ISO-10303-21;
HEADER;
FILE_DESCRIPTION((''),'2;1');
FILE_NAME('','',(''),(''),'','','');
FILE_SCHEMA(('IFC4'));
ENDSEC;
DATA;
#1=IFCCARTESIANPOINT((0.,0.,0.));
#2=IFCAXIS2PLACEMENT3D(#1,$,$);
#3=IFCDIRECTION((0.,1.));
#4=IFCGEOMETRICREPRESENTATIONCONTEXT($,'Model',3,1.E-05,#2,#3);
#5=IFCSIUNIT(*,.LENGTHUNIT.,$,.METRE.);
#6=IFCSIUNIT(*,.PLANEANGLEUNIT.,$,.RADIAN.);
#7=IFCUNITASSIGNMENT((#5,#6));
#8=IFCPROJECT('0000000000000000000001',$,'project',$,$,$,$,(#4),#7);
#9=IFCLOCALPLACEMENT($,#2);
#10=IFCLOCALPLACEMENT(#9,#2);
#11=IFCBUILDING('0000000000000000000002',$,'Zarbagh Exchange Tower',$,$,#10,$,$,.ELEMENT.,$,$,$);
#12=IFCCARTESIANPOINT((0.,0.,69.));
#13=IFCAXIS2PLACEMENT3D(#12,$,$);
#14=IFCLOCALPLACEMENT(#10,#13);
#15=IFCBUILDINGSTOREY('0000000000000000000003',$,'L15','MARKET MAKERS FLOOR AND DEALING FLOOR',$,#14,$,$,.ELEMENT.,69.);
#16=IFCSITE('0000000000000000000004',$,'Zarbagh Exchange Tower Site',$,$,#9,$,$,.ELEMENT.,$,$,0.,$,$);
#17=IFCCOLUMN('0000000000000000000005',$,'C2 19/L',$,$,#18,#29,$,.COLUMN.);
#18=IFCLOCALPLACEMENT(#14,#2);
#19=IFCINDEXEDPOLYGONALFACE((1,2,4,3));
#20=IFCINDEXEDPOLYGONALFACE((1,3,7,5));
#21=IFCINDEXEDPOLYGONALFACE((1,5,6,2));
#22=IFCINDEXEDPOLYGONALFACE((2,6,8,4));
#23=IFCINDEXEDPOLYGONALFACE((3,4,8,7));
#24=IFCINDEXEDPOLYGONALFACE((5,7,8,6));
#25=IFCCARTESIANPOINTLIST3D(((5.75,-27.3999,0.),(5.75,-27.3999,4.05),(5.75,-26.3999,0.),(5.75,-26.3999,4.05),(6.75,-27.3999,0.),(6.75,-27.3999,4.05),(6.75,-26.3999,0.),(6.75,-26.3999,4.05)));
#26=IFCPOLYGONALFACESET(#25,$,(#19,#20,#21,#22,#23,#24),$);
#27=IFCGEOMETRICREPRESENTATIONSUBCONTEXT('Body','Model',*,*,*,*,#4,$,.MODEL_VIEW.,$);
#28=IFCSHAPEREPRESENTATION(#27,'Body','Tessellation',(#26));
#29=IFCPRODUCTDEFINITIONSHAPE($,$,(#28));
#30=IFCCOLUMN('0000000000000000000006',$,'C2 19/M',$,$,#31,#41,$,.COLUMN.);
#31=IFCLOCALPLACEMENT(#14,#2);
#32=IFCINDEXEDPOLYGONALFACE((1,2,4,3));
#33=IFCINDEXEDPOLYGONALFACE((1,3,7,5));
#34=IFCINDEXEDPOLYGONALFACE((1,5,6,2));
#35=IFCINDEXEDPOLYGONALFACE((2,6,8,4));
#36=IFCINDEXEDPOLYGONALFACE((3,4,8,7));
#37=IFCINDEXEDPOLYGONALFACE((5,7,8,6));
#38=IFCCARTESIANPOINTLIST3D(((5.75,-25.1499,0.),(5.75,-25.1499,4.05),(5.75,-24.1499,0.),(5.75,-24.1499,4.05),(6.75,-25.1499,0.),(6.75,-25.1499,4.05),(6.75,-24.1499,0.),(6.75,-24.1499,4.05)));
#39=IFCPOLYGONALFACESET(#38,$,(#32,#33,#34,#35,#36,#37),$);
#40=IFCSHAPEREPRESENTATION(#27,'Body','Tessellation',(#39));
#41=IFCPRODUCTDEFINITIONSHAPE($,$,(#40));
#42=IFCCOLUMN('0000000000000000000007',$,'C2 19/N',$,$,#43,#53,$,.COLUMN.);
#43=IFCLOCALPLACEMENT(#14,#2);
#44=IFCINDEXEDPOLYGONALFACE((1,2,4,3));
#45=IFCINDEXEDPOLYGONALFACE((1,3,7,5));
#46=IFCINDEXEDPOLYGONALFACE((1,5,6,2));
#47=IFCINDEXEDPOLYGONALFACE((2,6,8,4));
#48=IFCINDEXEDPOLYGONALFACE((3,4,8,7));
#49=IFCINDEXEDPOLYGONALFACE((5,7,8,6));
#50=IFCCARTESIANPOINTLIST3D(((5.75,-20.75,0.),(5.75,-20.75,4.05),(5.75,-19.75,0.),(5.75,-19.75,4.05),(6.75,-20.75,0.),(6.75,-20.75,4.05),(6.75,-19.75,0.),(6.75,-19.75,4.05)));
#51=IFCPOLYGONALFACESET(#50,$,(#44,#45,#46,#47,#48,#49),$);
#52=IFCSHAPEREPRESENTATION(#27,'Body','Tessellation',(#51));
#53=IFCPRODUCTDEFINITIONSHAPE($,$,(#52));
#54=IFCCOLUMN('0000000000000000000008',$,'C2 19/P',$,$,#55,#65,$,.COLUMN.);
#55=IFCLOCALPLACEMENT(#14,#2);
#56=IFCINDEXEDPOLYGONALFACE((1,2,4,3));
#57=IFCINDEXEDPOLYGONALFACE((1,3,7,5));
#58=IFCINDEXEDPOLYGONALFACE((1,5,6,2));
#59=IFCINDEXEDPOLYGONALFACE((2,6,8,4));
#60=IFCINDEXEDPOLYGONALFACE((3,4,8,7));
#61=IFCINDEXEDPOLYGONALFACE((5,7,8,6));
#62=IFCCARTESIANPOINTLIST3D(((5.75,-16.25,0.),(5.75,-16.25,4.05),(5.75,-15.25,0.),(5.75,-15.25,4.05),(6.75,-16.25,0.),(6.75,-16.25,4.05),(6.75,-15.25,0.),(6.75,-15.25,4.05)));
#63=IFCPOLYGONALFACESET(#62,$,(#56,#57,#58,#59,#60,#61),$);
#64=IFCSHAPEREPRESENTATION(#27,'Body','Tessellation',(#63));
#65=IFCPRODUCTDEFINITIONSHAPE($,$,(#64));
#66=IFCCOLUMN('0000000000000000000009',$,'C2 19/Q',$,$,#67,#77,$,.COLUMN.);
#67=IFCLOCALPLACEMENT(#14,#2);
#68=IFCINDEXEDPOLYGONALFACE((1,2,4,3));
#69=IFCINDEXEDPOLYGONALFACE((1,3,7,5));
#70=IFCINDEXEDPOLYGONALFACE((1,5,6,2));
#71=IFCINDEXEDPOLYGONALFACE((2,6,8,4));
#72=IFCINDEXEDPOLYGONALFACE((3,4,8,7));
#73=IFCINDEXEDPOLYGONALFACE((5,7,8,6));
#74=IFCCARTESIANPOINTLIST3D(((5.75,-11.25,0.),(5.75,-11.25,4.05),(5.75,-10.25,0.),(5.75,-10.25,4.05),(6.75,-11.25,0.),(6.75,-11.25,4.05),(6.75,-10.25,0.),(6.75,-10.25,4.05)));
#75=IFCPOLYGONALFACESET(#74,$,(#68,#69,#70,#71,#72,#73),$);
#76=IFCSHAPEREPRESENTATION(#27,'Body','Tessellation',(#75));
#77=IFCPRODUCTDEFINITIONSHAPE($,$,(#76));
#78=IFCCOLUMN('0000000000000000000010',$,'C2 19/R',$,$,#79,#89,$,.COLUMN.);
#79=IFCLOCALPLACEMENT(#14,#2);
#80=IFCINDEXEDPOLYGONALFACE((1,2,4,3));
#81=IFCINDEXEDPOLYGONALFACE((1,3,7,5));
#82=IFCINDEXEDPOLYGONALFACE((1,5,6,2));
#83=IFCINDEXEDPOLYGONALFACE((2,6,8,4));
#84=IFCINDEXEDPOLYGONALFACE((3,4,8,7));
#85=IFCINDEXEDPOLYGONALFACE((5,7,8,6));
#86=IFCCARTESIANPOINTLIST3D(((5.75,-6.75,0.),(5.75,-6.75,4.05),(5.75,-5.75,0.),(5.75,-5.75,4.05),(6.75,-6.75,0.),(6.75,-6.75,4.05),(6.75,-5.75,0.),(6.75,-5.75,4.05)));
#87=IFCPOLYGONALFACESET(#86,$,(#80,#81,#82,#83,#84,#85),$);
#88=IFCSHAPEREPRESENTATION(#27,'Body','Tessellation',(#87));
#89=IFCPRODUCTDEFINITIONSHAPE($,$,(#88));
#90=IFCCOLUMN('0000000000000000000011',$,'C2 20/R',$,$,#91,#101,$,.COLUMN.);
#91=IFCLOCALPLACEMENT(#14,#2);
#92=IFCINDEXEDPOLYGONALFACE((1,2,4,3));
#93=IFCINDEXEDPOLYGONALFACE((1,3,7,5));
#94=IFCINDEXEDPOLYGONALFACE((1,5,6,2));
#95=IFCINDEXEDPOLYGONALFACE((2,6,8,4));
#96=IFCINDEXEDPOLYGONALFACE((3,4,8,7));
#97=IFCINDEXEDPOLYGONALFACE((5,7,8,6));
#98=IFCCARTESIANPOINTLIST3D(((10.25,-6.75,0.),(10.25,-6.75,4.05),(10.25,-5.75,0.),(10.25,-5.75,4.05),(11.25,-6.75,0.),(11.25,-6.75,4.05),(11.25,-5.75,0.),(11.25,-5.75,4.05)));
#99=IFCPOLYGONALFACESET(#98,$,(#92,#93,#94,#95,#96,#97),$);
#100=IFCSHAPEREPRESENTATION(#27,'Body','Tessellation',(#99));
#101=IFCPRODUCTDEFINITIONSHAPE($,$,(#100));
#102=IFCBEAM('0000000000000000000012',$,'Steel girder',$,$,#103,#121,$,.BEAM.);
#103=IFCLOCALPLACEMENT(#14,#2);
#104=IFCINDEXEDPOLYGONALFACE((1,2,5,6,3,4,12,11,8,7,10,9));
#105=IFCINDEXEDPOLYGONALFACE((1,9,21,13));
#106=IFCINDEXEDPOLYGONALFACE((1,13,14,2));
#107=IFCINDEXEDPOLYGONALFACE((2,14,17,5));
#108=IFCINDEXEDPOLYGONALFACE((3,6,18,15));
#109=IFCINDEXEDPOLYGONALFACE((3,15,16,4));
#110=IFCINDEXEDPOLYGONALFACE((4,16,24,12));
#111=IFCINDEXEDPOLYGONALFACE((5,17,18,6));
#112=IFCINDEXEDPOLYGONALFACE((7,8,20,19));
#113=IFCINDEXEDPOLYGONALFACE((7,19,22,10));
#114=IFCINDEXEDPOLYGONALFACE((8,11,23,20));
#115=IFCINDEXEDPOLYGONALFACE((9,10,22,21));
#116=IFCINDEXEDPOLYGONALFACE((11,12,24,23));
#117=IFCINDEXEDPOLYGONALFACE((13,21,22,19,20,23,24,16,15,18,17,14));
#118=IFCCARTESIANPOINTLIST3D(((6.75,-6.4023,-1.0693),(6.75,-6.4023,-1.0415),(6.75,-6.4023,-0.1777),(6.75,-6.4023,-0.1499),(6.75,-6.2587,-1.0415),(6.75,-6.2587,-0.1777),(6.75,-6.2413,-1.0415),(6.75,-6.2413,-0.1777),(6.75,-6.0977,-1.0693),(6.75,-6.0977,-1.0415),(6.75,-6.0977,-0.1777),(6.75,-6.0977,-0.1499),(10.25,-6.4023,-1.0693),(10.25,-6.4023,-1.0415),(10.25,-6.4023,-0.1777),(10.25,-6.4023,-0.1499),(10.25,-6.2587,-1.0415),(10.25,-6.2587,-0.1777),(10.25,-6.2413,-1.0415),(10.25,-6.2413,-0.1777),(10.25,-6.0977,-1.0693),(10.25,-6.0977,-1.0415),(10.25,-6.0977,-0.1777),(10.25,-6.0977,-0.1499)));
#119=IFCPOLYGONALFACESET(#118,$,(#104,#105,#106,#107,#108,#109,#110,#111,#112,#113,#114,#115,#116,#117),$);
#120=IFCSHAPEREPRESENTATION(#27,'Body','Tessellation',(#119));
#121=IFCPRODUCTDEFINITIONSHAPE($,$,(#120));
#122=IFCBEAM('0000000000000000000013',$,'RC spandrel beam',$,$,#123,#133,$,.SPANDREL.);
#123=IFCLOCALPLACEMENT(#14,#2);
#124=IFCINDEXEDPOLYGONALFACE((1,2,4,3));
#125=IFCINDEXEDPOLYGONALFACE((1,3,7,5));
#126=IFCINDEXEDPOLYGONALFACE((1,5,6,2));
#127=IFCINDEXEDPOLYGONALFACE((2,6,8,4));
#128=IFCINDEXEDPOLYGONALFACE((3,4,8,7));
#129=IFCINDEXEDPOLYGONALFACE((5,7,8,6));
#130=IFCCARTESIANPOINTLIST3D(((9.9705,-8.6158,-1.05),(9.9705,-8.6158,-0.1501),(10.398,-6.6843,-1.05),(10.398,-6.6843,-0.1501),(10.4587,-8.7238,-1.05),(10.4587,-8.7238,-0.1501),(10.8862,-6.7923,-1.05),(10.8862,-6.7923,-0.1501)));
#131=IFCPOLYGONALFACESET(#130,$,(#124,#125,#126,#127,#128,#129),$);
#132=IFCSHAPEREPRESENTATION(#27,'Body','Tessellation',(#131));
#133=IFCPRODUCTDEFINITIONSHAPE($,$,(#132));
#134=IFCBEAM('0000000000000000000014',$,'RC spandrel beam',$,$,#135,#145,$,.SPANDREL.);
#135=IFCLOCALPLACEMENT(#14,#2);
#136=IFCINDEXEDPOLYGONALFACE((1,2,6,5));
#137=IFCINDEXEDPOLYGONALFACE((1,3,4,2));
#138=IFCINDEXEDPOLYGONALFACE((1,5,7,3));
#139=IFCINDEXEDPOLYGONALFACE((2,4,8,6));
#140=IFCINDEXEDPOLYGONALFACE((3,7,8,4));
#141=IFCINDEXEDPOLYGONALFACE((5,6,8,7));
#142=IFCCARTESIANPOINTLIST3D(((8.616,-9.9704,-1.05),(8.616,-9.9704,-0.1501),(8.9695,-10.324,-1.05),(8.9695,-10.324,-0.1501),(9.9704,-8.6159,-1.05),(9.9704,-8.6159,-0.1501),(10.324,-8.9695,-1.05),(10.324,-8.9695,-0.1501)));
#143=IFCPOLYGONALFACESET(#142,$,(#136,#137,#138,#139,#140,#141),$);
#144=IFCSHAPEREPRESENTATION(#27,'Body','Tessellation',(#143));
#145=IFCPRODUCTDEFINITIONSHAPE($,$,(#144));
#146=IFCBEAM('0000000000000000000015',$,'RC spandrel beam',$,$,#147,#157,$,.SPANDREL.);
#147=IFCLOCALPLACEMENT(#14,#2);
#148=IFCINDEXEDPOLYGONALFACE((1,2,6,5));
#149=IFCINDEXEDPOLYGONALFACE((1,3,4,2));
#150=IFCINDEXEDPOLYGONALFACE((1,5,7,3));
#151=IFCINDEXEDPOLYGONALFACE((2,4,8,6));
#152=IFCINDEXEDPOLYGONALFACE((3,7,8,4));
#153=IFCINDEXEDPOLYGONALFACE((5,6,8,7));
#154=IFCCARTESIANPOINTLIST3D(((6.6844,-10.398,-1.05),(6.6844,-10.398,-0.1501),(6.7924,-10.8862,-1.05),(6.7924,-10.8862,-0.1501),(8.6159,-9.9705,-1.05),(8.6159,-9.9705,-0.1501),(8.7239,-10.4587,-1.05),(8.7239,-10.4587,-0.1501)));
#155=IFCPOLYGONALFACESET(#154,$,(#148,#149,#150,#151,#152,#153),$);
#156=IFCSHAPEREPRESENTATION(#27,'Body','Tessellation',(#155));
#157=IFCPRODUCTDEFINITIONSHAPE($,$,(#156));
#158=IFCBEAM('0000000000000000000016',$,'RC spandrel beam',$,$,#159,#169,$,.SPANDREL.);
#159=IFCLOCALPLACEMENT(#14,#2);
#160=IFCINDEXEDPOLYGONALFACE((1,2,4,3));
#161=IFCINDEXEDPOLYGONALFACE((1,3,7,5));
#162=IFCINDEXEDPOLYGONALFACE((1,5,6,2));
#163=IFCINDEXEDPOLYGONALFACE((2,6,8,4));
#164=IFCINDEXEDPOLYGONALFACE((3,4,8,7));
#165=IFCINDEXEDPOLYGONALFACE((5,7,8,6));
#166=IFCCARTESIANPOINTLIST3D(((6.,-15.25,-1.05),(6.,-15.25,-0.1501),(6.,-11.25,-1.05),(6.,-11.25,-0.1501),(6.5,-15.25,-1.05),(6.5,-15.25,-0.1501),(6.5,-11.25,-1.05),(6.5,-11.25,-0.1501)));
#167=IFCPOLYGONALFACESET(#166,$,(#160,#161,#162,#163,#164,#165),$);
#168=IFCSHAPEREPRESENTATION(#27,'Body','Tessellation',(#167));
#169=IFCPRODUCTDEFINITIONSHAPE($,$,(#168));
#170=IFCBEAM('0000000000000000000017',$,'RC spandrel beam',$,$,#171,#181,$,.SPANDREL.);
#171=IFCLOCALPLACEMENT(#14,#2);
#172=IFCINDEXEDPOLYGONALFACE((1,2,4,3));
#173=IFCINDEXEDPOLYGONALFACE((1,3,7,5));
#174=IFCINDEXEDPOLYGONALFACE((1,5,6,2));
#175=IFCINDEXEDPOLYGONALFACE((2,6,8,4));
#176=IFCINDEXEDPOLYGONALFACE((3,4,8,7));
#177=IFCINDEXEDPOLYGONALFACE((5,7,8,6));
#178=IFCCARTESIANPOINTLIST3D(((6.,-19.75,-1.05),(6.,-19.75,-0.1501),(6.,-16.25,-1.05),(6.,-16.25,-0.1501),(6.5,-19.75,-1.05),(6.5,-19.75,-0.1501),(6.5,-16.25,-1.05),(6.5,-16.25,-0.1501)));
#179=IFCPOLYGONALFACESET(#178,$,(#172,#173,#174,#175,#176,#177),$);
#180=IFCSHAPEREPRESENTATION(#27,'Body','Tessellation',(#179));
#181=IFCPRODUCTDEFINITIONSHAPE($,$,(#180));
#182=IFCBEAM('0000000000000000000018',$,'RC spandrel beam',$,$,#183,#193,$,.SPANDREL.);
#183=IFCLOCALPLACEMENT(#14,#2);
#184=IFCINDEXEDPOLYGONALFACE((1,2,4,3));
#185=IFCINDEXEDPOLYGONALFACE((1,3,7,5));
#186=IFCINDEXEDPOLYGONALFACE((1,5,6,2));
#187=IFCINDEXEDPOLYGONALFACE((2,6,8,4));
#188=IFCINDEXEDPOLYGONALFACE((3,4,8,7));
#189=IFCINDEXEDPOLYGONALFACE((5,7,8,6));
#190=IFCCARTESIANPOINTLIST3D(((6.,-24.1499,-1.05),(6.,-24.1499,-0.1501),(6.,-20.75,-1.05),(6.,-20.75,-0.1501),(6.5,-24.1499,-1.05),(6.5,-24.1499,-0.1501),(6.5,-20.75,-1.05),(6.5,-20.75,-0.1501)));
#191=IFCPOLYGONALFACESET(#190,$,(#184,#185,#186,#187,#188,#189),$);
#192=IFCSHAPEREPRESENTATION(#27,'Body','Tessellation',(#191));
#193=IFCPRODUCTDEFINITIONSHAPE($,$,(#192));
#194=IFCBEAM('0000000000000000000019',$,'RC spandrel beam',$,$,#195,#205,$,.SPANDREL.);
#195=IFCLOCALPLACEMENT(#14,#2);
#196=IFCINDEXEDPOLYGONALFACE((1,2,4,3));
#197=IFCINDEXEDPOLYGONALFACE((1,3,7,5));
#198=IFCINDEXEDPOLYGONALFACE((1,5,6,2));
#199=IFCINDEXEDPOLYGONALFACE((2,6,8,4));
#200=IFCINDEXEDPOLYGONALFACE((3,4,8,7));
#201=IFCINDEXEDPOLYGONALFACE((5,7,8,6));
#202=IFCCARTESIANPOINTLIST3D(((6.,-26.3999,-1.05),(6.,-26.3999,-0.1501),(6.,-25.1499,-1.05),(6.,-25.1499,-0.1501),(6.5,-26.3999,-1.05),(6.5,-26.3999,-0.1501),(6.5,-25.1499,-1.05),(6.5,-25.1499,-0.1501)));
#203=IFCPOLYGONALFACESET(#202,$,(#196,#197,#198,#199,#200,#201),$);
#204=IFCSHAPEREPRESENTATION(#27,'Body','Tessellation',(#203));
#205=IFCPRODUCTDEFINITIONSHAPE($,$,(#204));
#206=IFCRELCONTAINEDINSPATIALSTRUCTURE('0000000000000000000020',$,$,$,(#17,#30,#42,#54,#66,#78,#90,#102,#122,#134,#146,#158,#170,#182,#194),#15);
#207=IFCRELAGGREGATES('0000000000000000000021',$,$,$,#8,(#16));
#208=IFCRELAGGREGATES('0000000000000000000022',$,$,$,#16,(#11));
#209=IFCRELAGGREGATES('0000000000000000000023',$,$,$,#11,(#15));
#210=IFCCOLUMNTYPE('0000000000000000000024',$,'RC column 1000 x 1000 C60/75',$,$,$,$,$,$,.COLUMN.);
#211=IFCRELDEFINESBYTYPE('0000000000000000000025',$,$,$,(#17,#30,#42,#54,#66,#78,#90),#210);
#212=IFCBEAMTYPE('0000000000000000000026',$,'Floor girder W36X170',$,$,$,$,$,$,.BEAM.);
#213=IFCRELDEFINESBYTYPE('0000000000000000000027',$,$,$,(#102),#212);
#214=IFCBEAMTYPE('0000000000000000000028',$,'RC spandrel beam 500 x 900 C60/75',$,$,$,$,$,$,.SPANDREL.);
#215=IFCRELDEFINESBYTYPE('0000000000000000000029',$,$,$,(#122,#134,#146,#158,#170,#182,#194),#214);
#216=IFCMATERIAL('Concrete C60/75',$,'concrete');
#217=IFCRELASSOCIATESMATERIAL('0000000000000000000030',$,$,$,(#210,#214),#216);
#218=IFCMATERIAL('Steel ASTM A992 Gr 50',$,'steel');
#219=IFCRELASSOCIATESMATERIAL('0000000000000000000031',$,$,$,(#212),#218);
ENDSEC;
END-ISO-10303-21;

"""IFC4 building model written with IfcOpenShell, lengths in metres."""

from ifc_helpers import new_model, si_unit, direction, frame, origin, origin_2d, place, context, subcontext, project, spatial, rectangle, i_section, extrude, material, material_profile, profile_set, type_object, element, save


model = new_model("IFC4")

# Units and contexts
model_context = context("Model", 3, precision=1e-05, world=origin(), true_north=direction((0.0, 1.0)))
body_context = subcontext(model_context, "Body", "Model", "MODEL_VIEW")
ifc_project = project(units=[si_unit("LENGTHUNIT", "METRE"), si_unit("PLANEANGLEUNIT", "RADIAN")], contexts=[model_context])

# Site, building, storey
site_placement = place(None, origin())
site = spatial("IfcSite", under=ifc_project, at=site_placement, Name="Zarbagh Exchange Tower Site", CompositionType="ELEMENT", RefElevation=0.0)
building_placement = place(site_placement, origin())
building = spatial("IfcBuilding", under=site, at=building_placement, Name="Zarbagh Exchange Tower", CompositionType="ELEMENT")
storey_placement = place(building_placement, frame((0.0, 0.0, 69.0)))
storey = spatial("IfcBuildingStorey", under=building, at=storey_placement, Name="L15", Description="MARKET MAKERS FLOOR AND DEALING FLOOR", CompositionType="ELEMENT", Elevation=69.0)

# Columns
ifc_material_1 = material(Name="Concrete C60/75", Category="concrete")
ifc_material_profile_1 = material_profile(ifc_material_1, rectangle(XDim=1.0, YDim=1.0, at=origin_2d()), Name="RC column 1000 x 1000 C60/75")
ifc_profile_set_1 = profile_set([ifc_material_profile_1], Name="Concrete C60/75")
column_type = type_object("IfcColumnType", Name="RC column 1000 x 1000 C60/75", PredefinedType="COLUMN", material=ifc_profile_set_1)
for number, where, z_axis, x_axis, name in (
    (1, (6.25, -26.8999, 0.0), (0.0, 0.0, 1.0), (1.0, 0.0, 0.0), "C2 19/L"),
    (2, (6.25, -24.6499, 0.0), (0.0, 0.0, 1.0), (1.0, 0.0, 0.0), "C2 19/M"),
    (3, (6.25, -20.25, 0.0), (0.0, 0.0, 1.0), (1.0, 0.0, 0.0), "C2 19/N"),
    (4, (6.25, -15.75, 0.0), (0.0, 0.0, 1.0), (1.0, 0.0, 0.0), "C2 19/P"),
    (5, (6.25, -10.75, 0.0), (0.0, 0.0, 1.0), (1.0, 0.0, 0.0), "C2 19/Q"),
    (6, (6.25, -6.25, 0.0), (0.0, 0.0, 1.0), (1.0, 0.0, 0.0), "C2 19/R"),
    (7, (10.75, -6.25, 0.0), (0.0, 0.0, 1.0), (1.0, 0.0, 0.0), "C2 20/R"),
):
    element("IfcColumn", number, at=place(storey_placement, frame(where, z_axis=z_axis, x_axis=x_axis)), inside=storey, type_object=column_type, Name=name, PredefinedType="COLUMN", context=body_context, shape_type="SweptSolid", body=[
        extrude(rectangle(XDim=1.0, YDim=1.0, at=origin_2d()), origin(), (0.0, 0.0, 1.0), 4.05),
    ])

# Beams
ifc_material_2 = material(Name="Steel ASTM A992 Gr 50", Category="steel")
ifc_material_profile_2 = material_profile(ifc_material_2, i_section(OverallWidth=0.3047, OverallDepth=0.9194, WebThickness=0.0173, FlangeThickness=0.0278, at=origin_2d()), Name="W36X170")
ifc_profile_set_2 = profile_set([ifc_material_profile_2], Name="Steel ASTM A992 Gr 50")
beam_type_1 = type_object("IfcBeamType", Name="Floor girder W36X170", PredefinedType="BEAM", material=ifc_profile_set_2)
beam_1_placement = place(storey_placement, frame((6.75, -6.25, -0.6096), z_axis=(1.0, 0.0, 0.0), x_axis=(0.0, 1.0, 0.0)))
element("IfcBeam", 8, at=beam_1_placement, inside=storey, type_object=beam_type_1, Name="Steel girder", PredefinedType="BEAM", context=body_context, shape_type="SweptSolid", body=[
    extrude(i_section(OverallWidth=0.3047, OverallDepth=0.9194, WebThickness=0.0173, FlangeThickness=0.0278, at=origin_2d()), origin(), (0.0, 0.0, 1.0), 3.5),
])
ifc_material_profile_3 = material_profile(ifc_material_1, rectangle(XDim=0.5, YDim=0.8999, at=origin_2d()), Name="RC spandrel beam 500 x 900 C60/75")
ifc_profile_set_3 = profile_set([ifc_material_profile_3], Name="Concrete C60/75")
beam_type_2 = type_object("IfcBeamType", Name="RC spandrel beam 500 x 900 C60/75", PredefinedType="SPANDREL", material=ifc_profile_set_3)
beam_2_placement = place(storey_placement, frame((10.6421, -6.7383, -0.6001), z_axis=(-0.216081, -0.976375, 0.0), x_axis=(0.976375, -0.216081, 0.0)))
element("IfcBeam", 9, at=beam_2_placement, inside=storey, type_object=beam_type_2, Name="RC spandrel beam", PredefinedType="SPANDREL", context=body_context, shape_type="SweptSolid", body=[
    extrude(rectangle(XDim=0.5, YDim=0.8999, at=origin_2d()), origin(), (0.0, 0.0, 1.0), 1.9783),
])
beam_3_placement = place(storey_placement, frame((10.1472, -8.7927, -0.6001), z_axis=(-0.707107, -0.707107, 0.0), x_axis=(0.707107, -0.707107, 0.0)))
element("IfcBeam", 10, at=beam_3_placement, inside=storey, type_object=beam_type_2, Name="RC spandrel beam", PredefinedType="SPANDREL", context=body_context, shape_type="SweptSolid", body=[
    extrude(rectangle(XDim=0.5, YDim=0.8999, at=origin_2d()), origin(), (0.0, 0.0, 1.0), 1.9155),
])
beam_4_placement = place(storey_placement, frame((8.6699, -10.2146, -0.6001), z_axis=(-0.976375, -0.216081, 0.0), x_axis=(0.216081, -0.976375, 0.0)))
element("IfcBeam", 11, at=beam_4_placement, inside=storey, type_object=beam_type_2, Name="RC spandrel beam", PredefinedType="SPANDREL", context=body_context, shape_type="SweptSolid", body=[
    extrude(rectangle(XDim=0.5, YDim=0.8999, at=origin_2d()), origin(), (0.0, 0.0, 1.0), 1.9783),
])
beam_5_placement = place(storey_placement, frame((6.25, -11.25, -0.6001), z_axis=(0.0, -1.0, 0.0), x_axis=(1.0, 0.0, 0.0)))
element("IfcBeam", 12, at=beam_5_placement, inside=storey, type_object=beam_type_2, Name="RC spandrel beam", PredefinedType="SPANDREL", context=body_context, shape_type="SweptSolid", body=[
    extrude(rectangle(XDim=0.5, YDim=0.8999, at=origin_2d()), origin(), (0.0, 0.0, 1.0), 4.0),
])
beam_6_placement = place(storey_placement, frame((6.25, -16.25, -0.6001), z_axis=(0.0, -1.0, 0.0), x_axis=(1.0, 0.0, 0.0)))
element("IfcBeam", 13, at=beam_6_placement, inside=storey, type_object=beam_type_2, Name="RC spandrel beam", PredefinedType="SPANDREL", context=body_context, shape_type="SweptSolid", body=[
    extrude(rectangle(XDim=0.5, YDim=0.8999, at=origin_2d()), origin(), (0.0, 0.0, 1.0), 3.5),
])
beam_7_placement = place(storey_placement, frame((6.25, -20.75, -0.6001), z_axis=(0.0, -1.0, 0.0), x_axis=(1.0, 0.0, 0.0)))
element("IfcBeam", 14, at=beam_7_placement, inside=storey, type_object=beam_type_2, Name="RC spandrel beam", PredefinedType="SPANDREL", context=body_context, shape_type="SweptSolid", body=[
    extrude(rectangle(XDim=0.5, YDim=0.8999, at=origin_2d()), origin(), (0.0, 0.0, 1.0), 3.3999),
])
beam_8_placement = place(storey_placement, frame((6.25, -25.1499, -0.6001), z_axis=(0.0, -1.0, 0.0), x_axis=(1.0, 0.0, 0.0)))
element("IfcBeam", 15, at=beam_8_placement, inside=storey, type_object=beam_type_2, Name="RC spandrel beam", PredefinedType="SPANDREL", context=body_context, shape_type="SweptSolid", body=[
    extrude(rectangle(XDim=0.5, YDim=0.8999, at=origin_2d()), origin(), (0.0, 0.0, 1.0), 1.25),
])

save(model, "model.ifc")
